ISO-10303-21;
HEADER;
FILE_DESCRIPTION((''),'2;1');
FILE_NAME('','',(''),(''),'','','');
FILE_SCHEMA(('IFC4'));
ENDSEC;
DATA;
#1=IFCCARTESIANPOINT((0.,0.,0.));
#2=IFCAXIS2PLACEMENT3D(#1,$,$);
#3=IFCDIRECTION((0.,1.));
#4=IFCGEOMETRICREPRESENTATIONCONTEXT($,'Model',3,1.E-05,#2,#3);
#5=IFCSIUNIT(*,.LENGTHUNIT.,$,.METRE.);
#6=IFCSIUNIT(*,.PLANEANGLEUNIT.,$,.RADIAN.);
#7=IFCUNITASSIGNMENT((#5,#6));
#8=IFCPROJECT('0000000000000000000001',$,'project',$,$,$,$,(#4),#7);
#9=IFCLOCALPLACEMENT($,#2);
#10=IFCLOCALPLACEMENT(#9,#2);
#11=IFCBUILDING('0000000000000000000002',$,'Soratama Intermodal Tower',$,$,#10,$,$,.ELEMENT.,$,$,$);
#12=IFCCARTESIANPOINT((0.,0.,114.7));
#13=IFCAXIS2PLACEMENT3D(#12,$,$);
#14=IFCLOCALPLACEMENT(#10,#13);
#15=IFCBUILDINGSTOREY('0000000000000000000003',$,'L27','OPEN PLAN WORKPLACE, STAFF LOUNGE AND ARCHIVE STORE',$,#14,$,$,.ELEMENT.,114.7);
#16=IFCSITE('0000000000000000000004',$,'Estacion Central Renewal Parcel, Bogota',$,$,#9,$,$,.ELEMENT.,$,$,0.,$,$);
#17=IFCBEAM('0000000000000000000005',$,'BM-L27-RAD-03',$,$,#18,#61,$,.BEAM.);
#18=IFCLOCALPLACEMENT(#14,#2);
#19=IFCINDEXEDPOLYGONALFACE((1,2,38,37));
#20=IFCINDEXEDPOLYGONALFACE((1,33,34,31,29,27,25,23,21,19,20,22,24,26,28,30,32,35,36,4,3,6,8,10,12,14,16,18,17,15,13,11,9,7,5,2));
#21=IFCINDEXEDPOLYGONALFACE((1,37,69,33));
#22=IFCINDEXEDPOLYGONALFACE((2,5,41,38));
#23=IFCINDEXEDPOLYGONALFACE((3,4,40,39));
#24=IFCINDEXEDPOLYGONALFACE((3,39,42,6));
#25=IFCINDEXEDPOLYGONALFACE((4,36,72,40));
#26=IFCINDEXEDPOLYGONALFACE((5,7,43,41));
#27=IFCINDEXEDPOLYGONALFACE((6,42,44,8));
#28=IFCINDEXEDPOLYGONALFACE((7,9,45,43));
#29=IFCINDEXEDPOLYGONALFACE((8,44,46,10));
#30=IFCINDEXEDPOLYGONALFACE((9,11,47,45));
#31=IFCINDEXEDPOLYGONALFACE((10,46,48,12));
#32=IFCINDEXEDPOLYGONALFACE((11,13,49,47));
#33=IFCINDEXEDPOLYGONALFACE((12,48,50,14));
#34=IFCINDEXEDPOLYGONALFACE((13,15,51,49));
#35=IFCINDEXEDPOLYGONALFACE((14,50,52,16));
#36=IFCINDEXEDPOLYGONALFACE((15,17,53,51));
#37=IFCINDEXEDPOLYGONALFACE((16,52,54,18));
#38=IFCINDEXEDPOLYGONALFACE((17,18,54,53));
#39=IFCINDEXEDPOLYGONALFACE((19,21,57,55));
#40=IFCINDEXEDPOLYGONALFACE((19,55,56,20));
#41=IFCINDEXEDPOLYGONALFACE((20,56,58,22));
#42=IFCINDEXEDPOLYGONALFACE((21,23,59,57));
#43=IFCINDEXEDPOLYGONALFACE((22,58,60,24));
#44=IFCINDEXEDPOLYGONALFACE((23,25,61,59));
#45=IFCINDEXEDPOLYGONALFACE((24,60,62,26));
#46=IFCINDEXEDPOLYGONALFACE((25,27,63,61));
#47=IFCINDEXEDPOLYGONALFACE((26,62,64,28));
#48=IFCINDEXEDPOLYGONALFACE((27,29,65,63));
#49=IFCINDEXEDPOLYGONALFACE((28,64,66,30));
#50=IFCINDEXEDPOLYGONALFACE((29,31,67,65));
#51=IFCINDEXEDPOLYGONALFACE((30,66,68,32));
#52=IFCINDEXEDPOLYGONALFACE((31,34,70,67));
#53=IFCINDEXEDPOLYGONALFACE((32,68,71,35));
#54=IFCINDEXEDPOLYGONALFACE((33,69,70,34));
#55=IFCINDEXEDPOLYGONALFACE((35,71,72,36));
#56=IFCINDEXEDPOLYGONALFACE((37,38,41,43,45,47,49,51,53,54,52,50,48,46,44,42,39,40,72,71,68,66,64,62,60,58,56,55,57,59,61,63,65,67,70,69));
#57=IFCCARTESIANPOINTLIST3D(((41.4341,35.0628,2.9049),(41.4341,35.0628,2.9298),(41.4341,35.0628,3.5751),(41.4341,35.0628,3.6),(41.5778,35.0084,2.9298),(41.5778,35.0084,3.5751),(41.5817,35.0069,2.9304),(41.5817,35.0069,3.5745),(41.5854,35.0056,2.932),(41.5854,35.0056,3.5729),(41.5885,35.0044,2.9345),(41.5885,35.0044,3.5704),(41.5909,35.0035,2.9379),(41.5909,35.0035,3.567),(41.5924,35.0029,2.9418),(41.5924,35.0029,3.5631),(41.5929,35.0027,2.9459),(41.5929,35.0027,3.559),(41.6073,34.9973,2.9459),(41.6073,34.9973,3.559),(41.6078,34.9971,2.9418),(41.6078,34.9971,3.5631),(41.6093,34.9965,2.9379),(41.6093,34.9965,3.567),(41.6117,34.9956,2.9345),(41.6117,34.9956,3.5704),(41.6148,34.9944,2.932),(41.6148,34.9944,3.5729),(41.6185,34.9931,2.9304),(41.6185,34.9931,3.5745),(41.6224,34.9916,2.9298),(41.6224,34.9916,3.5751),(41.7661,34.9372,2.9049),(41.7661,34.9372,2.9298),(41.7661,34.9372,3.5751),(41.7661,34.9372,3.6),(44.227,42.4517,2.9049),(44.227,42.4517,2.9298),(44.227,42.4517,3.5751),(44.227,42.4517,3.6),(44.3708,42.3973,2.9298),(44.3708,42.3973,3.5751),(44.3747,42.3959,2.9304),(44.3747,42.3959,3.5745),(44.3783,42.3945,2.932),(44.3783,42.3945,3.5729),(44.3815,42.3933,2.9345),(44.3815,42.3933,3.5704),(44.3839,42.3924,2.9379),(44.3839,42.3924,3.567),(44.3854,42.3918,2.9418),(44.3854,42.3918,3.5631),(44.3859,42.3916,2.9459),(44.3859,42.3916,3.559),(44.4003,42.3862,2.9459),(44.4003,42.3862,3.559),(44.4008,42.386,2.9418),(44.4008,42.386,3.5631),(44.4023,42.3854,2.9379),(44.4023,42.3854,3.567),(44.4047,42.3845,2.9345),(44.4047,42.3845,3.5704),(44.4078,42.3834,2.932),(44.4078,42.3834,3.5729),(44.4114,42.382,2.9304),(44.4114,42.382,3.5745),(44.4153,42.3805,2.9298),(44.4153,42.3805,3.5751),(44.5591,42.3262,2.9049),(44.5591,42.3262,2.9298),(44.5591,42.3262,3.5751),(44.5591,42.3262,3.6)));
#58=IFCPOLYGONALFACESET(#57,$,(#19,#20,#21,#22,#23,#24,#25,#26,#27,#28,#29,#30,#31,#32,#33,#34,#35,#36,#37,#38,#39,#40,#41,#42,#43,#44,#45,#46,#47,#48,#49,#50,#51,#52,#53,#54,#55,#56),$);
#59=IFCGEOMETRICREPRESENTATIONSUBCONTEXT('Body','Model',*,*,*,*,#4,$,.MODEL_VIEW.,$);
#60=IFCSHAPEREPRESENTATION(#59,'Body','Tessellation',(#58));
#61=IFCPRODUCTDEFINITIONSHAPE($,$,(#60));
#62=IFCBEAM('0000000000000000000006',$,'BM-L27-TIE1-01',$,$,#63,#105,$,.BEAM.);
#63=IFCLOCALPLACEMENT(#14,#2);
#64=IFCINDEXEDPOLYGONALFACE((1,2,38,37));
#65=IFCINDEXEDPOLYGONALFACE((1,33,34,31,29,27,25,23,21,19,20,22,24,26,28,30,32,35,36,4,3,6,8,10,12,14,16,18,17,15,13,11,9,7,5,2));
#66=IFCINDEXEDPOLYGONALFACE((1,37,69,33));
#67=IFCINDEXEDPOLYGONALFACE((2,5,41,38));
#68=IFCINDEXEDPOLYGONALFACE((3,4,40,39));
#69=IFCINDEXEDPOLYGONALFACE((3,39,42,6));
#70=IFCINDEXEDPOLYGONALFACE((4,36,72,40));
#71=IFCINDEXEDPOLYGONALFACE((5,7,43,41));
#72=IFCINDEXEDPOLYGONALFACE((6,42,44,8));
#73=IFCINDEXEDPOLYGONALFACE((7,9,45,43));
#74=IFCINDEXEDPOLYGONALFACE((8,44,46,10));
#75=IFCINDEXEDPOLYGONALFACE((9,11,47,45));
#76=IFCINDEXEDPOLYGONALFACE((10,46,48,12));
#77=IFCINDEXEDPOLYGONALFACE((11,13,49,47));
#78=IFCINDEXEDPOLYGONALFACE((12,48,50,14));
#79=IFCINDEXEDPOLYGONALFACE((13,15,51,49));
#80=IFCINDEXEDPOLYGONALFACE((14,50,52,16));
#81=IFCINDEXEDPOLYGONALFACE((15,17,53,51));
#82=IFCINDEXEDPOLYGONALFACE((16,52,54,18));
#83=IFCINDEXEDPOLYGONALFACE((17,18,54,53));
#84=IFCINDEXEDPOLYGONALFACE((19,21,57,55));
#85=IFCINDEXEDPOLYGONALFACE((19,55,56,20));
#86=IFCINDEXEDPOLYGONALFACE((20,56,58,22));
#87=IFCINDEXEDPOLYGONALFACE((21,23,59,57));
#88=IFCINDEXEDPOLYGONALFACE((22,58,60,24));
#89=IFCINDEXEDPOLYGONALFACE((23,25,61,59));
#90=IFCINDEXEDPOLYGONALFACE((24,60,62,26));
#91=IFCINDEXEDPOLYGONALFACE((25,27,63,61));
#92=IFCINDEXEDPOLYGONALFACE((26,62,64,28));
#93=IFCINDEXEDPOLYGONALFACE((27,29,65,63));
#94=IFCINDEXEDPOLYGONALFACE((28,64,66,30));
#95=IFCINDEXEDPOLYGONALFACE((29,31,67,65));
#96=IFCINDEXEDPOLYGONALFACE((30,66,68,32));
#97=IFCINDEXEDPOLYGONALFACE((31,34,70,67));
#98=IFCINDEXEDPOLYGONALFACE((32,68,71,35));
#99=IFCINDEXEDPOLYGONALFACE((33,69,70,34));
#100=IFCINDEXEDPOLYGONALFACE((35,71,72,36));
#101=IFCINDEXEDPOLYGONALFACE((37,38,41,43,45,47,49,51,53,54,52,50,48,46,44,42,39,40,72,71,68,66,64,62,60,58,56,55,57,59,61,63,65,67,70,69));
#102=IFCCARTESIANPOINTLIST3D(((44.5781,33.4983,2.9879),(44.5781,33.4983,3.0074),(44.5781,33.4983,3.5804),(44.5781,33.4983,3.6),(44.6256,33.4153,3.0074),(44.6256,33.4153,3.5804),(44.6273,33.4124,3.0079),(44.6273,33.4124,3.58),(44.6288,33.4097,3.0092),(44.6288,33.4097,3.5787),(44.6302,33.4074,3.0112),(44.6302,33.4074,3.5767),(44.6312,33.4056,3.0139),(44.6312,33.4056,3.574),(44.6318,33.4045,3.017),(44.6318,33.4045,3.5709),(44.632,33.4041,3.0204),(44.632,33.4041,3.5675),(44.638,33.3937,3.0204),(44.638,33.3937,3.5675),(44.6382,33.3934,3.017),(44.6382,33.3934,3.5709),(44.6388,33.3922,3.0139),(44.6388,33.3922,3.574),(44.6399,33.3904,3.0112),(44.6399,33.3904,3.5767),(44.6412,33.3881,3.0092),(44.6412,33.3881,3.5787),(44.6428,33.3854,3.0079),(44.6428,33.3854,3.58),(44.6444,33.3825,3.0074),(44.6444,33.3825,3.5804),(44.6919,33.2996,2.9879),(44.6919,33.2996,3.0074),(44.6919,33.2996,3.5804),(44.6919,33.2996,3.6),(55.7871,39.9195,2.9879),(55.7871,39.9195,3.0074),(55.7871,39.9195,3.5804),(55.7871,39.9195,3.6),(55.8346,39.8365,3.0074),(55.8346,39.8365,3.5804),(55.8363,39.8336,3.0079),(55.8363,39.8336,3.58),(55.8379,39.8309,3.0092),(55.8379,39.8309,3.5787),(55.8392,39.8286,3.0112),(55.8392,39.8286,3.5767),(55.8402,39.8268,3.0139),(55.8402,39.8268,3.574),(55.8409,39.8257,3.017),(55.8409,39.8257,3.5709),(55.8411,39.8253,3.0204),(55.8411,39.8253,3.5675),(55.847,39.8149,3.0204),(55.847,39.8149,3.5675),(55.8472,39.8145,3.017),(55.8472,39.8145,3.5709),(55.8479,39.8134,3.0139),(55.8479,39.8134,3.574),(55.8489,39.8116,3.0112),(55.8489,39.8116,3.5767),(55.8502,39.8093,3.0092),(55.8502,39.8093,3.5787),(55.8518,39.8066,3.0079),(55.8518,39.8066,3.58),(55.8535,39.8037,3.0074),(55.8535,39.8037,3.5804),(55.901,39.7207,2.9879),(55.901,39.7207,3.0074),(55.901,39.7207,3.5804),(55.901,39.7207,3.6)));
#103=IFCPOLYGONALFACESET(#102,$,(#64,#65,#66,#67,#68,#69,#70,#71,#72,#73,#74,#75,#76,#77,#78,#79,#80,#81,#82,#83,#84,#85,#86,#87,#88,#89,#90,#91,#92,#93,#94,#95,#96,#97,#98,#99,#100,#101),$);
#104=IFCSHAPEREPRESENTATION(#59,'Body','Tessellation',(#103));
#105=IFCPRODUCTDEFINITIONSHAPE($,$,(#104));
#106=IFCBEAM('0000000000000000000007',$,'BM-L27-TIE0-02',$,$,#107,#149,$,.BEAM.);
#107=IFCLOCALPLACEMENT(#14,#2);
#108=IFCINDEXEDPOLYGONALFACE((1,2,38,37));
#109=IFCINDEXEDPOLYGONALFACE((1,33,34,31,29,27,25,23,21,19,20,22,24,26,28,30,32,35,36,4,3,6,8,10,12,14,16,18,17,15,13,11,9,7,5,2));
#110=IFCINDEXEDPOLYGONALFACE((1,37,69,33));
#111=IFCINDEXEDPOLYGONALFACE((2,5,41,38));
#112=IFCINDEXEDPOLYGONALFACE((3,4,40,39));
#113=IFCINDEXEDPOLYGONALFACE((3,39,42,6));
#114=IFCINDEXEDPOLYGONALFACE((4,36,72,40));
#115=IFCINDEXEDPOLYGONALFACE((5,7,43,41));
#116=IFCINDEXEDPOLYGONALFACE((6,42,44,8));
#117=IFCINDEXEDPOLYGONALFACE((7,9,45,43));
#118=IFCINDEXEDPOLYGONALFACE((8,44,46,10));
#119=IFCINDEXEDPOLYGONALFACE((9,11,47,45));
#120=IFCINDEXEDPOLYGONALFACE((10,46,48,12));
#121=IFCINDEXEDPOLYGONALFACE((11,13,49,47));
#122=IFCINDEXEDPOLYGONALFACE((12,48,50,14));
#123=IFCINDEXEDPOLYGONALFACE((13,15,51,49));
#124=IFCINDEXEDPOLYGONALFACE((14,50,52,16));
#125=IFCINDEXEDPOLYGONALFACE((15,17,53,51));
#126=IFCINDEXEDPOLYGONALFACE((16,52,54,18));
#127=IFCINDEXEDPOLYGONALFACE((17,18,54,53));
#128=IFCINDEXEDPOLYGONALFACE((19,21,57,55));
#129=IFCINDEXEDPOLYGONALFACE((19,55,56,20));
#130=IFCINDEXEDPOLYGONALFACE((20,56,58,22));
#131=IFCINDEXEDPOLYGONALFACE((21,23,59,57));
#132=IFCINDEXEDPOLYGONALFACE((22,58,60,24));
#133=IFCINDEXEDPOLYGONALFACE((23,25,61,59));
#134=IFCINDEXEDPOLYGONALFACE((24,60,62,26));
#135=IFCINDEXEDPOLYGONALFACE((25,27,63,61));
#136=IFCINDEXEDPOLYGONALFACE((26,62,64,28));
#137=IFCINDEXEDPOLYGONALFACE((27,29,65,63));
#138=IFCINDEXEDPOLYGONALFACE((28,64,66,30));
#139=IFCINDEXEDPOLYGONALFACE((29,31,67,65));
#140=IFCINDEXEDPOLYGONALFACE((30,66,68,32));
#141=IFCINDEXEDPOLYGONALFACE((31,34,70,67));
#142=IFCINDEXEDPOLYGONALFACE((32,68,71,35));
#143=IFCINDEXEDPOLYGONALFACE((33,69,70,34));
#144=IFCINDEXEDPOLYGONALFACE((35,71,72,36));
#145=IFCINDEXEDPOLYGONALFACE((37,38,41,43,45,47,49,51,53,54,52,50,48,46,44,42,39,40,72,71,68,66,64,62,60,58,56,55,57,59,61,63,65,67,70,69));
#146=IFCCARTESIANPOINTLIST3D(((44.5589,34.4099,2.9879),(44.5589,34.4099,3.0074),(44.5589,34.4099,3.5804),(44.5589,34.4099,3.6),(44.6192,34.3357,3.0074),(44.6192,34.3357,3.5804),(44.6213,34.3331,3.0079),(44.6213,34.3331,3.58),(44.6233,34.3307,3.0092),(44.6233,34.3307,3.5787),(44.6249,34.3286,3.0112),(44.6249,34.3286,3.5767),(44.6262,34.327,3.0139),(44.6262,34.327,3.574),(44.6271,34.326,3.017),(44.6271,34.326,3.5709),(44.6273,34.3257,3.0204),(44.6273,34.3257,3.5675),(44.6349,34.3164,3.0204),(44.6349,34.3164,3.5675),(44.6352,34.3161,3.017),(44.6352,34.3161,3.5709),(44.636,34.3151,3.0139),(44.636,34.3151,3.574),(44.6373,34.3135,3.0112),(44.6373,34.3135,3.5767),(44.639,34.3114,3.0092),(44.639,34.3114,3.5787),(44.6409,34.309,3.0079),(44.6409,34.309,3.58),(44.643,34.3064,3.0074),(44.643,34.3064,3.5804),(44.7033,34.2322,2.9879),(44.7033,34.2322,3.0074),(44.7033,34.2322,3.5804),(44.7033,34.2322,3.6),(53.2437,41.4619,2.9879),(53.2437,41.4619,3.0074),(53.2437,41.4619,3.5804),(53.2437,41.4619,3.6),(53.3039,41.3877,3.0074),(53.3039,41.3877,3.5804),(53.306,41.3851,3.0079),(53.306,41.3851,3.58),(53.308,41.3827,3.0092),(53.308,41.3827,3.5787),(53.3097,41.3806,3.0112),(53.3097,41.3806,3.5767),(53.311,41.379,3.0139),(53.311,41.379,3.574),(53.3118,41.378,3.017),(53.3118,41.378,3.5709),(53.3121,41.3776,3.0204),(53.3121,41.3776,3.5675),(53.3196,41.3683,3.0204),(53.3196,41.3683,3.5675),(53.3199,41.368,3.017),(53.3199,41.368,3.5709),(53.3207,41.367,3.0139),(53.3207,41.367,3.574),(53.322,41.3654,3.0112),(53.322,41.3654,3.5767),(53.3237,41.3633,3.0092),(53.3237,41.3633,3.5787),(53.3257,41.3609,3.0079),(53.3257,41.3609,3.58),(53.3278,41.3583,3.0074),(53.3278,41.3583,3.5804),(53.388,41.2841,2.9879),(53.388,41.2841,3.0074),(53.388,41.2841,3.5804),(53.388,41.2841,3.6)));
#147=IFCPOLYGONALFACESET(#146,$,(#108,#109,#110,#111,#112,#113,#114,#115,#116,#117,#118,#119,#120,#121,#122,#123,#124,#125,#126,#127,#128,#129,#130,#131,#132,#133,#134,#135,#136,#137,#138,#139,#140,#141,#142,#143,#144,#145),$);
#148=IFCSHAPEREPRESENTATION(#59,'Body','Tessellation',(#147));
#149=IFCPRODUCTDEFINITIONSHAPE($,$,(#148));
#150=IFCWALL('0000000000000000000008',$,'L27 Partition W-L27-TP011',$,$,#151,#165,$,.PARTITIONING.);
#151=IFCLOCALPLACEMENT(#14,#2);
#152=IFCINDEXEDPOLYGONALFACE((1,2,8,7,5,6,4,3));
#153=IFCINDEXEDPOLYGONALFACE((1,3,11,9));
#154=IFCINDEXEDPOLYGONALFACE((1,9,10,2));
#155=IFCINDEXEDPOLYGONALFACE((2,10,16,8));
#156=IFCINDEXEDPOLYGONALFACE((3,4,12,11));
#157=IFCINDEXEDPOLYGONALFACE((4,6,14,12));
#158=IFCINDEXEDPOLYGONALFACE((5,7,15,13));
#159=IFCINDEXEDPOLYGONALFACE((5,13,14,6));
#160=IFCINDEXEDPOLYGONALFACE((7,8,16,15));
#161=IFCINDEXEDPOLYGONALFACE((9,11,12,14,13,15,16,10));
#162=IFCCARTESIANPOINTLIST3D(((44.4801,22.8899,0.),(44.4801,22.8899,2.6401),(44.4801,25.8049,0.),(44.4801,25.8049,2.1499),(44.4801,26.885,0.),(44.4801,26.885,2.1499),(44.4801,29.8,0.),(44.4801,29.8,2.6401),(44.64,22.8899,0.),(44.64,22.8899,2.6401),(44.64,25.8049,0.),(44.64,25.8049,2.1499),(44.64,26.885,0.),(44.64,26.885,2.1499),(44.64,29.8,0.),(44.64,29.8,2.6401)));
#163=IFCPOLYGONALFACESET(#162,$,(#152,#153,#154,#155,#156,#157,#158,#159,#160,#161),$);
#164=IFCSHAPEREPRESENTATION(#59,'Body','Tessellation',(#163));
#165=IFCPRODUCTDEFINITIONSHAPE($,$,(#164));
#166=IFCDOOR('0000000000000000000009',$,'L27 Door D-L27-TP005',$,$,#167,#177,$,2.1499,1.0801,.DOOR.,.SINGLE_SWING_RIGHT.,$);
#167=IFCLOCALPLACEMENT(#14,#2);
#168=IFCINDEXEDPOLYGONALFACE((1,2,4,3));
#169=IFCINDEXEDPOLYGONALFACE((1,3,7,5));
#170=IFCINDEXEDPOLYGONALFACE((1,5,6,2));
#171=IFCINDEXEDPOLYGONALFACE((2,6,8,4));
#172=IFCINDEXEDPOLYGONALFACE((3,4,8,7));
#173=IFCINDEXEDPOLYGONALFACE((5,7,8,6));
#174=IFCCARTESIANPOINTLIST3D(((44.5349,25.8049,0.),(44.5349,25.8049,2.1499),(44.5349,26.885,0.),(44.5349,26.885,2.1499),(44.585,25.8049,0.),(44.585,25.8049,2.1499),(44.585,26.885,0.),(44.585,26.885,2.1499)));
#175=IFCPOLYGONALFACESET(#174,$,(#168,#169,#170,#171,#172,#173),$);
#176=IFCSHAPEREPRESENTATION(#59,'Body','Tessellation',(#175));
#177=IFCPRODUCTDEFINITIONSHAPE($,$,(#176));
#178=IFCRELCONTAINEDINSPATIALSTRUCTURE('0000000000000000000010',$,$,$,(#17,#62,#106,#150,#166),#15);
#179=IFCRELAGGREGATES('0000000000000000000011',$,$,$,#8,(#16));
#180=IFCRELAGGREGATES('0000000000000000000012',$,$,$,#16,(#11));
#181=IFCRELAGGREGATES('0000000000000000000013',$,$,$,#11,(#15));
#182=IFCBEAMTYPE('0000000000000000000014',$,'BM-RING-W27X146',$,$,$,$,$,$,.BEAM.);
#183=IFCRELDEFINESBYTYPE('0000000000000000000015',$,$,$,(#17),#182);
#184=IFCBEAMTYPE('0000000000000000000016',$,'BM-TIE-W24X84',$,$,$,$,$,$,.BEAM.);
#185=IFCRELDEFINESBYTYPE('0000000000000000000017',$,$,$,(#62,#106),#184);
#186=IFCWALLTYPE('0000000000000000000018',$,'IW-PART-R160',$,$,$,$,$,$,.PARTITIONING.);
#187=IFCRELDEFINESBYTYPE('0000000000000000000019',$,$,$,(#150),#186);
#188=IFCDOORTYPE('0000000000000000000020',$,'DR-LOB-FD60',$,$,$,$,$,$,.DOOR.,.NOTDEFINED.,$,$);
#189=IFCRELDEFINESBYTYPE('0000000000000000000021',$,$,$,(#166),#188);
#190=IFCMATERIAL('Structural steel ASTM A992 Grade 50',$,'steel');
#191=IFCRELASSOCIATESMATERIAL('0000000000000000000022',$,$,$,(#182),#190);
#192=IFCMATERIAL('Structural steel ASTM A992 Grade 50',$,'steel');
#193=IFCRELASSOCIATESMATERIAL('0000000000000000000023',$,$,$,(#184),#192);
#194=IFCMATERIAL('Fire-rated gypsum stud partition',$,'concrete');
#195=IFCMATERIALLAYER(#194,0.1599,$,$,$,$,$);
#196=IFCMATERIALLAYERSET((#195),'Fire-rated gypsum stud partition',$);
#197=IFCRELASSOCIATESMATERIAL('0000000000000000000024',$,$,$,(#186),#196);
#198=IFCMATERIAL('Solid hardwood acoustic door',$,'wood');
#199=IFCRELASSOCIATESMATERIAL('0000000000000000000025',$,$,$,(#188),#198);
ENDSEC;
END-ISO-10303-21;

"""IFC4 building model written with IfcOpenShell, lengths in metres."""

from ifc_helpers import new_model, si_unit, direction, frame, frame_2d, origin, origin_2d, place, context, subcontext, project, spatial, rectangle, i_section, extrude, material, layer, layer_set, material_profile, profile_set, type_object, element, fill, save


model = new_model("IFC4")

# Units and contexts
model_context = context("Model", 3, precision=1e-05, world=origin(), true_north=direction((0.0, 1.0)))
body_context = subcontext(model_context, "Body", "Model", "MODEL_VIEW")
ifc_project = project(units=[si_unit("LENGTHUNIT", "METRE"), si_unit("PLANEANGLEUNIT", "RADIAN")], contexts=[model_context])

# Site, building, storey
site_placement = place(None, origin())
site = spatial("IfcSite", under=ifc_project, at=site_placement, Name="Estacion Central Renewal Parcel, Bogota", CompositionType="ELEMENT", RefElevation=0.0)
building_placement = place(site_placement, origin())
building = spatial("IfcBuilding", under=site, at=building_placement, Name="Soratama Intermodal Tower", CompositionType="ELEMENT")
storey_placement = place(building_placement, frame((0.0, 0.0, 114.7)))
storey = spatial("IfcBuildingStorey", under=building, at=storey_placement, Name="L27", Description="OPEN PLAN WORKPLACE, STAFF LOUNGE AND ARCHIVE STORE", CompositionType="ELEMENT", Elevation=114.7)

# Beams
ifc_material_1 = material(Name="Structural steel ASTM A992 Grade 50", Category="steel")
ifc_material_profile_1 = material_profile(ifc_material_1, i_section(OverallWidth=0.355, OverallDepth=0.6951, WebThickness=0.0154, FlangeThickness=0.0249, FilletRadius=0.0161, at=origin_2d()), Name="W27X146")
ifc_profile_set_1 = profile_set([ifc_material_profile_1], Name="Structural steel ASTM A992 Grade 50")
beam_type_1 = type_object("IfcBeamType", Name="BM-RING-W27X146", PredefinedType="BEAM", material=ifc_profile_set_1)
beam_1_placement = place(storey_placement, frame((41.6001, 35.0, 3.2524), z_axis=(0.353578, 0.935405, 0.0), x_axis=(-0.935405, 0.353578, 0.0)))
element("IfcBeam", 1, at=beam_1_placement, inside=storey, type_object=beam_type_1, Name="BM-L27-RAD-03", PredefinedType="BEAM", context=body_context, shape_type="SweptSolid", body=[
    extrude(i_section(OverallWidth=0.355, OverallDepth=0.6951, WebThickness=0.0154, FlangeThickness=0.0249, FilletRadius=0.0161, at=origin_2d()), origin(), (0.0, 0.0, 1.0), 7.8992),
])
ifc_material_2 = material(Name="Structural steel ASTM A992 Grade 50", Category="steel")
ifc_material_profile_2 = material_profile(ifc_material_2, i_section(OverallWidth=0.229, OverallDepth=0.6121, WebThickness=0.012, FlangeThickness=0.0195, FilletRadius=0.0129, at=origin_2d()), Name="W24X84")
ifc_profile_set_2 = profile_set([ifc_material_profile_2], Name="Structural steel ASTM A992 Grade 50")
beam_type_2 = type_object("IfcBeamType", Name="BM-TIE-W24X84", PredefinedType="BEAM", material=ifc_profile_set_2)
beam_2_placement = place(storey_placement, frame((44.635, 33.3989, 3.2939), z_axis=(0.867709, 0.497073, 0.0), x_axis=(-0.497073, 0.867709, 0.0)))
element("IfcBeam", 2, at=beam_2_placement, inside=storey, type_object=beam_type_2, Name="BM-L27-TIE1-01", PredefinedType="BEAM", context=body_context, shape_type="SweptSolid", body=[
    extrude(i_section(OverallWidth=0.229, OverallDepth=0.6121, WebThickness=0.012, FlangeThickness=0.0195, FilletRadius=0.0129, at=origin_2d()), origin(), (0.0, 0.0, 1.0), 12.918),
])
beam_3_placement = place(storey_placement, frame((44.6311, 34.321, 3.2939), z_axis=(0.776307, 0.630355, 0.0), x_axis=(-0.630355, 0.776307, 0.0)))
element("IfcBeam", 3, at=beam_3_placement, inside=storey, type_object=beam_type_2, Name="BM-L27-TIE0-02", PredefinedType="BEAM", context=body_context, shape_type="SweptSolid", body=[
    extrude(i_section(OverallWidth=0.229, OverallDepth=0.6121, WebThickness=0.012, FlangeThickness=0.0195, FilletRadius=0.0129, at=origin_2d()), origin(), (0.0, 0.0, 1.0), 11.1873),
])

# Wall, opening, door
ifc_material_3 = material(Name="Fire-rated gypsum stud partition", Category="concrete")
ifc_layer_1 = layer(ifc_material_3, 0.1599)
ifc_layer_set_1 = layer_set([ifc_layer_1], Name="Fire-rated gypsum stud partition")
wall_type_1 = type_object("IfcWallType", Name="IW-PART-R160", PredefinedType="PARTITIONING", material=ifc_layer_set_1)
wall_1_placement = place(storey_placement, frame((44.5601, 29.8, 0.0), z_axis=(0.0, 0.0, 1.0), x_axis=(0.0, -1.0, 0.0)))
wall_1 = element("IfcWall", 4, at=wall_1_placement, inside=storey, type_object=wall_type_1, Name="L27 Partition W-L27-TP011", PredefinedType="PARTITIONING", context=body_context, shape_type="SweptSolid", body=[
    extrude(rectangle(XDim=6.9102, YDim=0.1599, at=frame_2d((3.4551, 0.0))), origin(), (0.0, 0.0, 1.0), 2.6401),
])
opening_1_placement = place(wall_1_placement, frame((2.915, 0.0, 0.0)))
opening_1 = element("IfcOpeningElement", 5, at=opening_1_placement, cuts=wall_1, PredefinedType="OPENING", context=body_context, shape_type="SweptSolid", body=[
    extrude(rectangle(XDim=1.0801, YDim=2.1499, at=frame_2d((0.54, 1.075))), frame((0.0, 0.0898, 0.0), z_axis=(0.0, -1.0, 0.0), x_axis=(1.0, 0.0, 0.0)), (0.0, 0.0, 1.0), 0.1799),
])
ifc_material_4 = material(Name="Solid hardwood acoustic door", Category="wood")
door_type_1 = type_object("IfcDoorType", Name="DR-LOB-FD60", OperationType="NOTDEFINED", PredefinedType="DOOR", material=ifc_material_4)
door_1_placement = place(opening_1_placement, origin())
door_1 = element("IfcDoor", 6, at=door_1_placement, inside=storey, type_object=door_type_1, Name="L27 Door D-L27-TP005", OperationType="SINGLE_SWING_RIGHT", OverallHeight=2.1499, OverallWidth=1.0801, PredefinedType="DOOR", context=body_context, shape_type="SweptSolid", body=[
    extrude(rectangle(XDim=1.0801, YDim=2.1499, at=frame_2d((0.54, 1.075))), frame((0.0, 0.0249, 0.0), z_axis=(0.0, -1.0, 0.0), x_axis=(1.0, 0.0, 0.0)), (0.0, 0.0, 1.0), 0.05),
])
fill(opening_1, door_1)

save(model, "model.ifc")
